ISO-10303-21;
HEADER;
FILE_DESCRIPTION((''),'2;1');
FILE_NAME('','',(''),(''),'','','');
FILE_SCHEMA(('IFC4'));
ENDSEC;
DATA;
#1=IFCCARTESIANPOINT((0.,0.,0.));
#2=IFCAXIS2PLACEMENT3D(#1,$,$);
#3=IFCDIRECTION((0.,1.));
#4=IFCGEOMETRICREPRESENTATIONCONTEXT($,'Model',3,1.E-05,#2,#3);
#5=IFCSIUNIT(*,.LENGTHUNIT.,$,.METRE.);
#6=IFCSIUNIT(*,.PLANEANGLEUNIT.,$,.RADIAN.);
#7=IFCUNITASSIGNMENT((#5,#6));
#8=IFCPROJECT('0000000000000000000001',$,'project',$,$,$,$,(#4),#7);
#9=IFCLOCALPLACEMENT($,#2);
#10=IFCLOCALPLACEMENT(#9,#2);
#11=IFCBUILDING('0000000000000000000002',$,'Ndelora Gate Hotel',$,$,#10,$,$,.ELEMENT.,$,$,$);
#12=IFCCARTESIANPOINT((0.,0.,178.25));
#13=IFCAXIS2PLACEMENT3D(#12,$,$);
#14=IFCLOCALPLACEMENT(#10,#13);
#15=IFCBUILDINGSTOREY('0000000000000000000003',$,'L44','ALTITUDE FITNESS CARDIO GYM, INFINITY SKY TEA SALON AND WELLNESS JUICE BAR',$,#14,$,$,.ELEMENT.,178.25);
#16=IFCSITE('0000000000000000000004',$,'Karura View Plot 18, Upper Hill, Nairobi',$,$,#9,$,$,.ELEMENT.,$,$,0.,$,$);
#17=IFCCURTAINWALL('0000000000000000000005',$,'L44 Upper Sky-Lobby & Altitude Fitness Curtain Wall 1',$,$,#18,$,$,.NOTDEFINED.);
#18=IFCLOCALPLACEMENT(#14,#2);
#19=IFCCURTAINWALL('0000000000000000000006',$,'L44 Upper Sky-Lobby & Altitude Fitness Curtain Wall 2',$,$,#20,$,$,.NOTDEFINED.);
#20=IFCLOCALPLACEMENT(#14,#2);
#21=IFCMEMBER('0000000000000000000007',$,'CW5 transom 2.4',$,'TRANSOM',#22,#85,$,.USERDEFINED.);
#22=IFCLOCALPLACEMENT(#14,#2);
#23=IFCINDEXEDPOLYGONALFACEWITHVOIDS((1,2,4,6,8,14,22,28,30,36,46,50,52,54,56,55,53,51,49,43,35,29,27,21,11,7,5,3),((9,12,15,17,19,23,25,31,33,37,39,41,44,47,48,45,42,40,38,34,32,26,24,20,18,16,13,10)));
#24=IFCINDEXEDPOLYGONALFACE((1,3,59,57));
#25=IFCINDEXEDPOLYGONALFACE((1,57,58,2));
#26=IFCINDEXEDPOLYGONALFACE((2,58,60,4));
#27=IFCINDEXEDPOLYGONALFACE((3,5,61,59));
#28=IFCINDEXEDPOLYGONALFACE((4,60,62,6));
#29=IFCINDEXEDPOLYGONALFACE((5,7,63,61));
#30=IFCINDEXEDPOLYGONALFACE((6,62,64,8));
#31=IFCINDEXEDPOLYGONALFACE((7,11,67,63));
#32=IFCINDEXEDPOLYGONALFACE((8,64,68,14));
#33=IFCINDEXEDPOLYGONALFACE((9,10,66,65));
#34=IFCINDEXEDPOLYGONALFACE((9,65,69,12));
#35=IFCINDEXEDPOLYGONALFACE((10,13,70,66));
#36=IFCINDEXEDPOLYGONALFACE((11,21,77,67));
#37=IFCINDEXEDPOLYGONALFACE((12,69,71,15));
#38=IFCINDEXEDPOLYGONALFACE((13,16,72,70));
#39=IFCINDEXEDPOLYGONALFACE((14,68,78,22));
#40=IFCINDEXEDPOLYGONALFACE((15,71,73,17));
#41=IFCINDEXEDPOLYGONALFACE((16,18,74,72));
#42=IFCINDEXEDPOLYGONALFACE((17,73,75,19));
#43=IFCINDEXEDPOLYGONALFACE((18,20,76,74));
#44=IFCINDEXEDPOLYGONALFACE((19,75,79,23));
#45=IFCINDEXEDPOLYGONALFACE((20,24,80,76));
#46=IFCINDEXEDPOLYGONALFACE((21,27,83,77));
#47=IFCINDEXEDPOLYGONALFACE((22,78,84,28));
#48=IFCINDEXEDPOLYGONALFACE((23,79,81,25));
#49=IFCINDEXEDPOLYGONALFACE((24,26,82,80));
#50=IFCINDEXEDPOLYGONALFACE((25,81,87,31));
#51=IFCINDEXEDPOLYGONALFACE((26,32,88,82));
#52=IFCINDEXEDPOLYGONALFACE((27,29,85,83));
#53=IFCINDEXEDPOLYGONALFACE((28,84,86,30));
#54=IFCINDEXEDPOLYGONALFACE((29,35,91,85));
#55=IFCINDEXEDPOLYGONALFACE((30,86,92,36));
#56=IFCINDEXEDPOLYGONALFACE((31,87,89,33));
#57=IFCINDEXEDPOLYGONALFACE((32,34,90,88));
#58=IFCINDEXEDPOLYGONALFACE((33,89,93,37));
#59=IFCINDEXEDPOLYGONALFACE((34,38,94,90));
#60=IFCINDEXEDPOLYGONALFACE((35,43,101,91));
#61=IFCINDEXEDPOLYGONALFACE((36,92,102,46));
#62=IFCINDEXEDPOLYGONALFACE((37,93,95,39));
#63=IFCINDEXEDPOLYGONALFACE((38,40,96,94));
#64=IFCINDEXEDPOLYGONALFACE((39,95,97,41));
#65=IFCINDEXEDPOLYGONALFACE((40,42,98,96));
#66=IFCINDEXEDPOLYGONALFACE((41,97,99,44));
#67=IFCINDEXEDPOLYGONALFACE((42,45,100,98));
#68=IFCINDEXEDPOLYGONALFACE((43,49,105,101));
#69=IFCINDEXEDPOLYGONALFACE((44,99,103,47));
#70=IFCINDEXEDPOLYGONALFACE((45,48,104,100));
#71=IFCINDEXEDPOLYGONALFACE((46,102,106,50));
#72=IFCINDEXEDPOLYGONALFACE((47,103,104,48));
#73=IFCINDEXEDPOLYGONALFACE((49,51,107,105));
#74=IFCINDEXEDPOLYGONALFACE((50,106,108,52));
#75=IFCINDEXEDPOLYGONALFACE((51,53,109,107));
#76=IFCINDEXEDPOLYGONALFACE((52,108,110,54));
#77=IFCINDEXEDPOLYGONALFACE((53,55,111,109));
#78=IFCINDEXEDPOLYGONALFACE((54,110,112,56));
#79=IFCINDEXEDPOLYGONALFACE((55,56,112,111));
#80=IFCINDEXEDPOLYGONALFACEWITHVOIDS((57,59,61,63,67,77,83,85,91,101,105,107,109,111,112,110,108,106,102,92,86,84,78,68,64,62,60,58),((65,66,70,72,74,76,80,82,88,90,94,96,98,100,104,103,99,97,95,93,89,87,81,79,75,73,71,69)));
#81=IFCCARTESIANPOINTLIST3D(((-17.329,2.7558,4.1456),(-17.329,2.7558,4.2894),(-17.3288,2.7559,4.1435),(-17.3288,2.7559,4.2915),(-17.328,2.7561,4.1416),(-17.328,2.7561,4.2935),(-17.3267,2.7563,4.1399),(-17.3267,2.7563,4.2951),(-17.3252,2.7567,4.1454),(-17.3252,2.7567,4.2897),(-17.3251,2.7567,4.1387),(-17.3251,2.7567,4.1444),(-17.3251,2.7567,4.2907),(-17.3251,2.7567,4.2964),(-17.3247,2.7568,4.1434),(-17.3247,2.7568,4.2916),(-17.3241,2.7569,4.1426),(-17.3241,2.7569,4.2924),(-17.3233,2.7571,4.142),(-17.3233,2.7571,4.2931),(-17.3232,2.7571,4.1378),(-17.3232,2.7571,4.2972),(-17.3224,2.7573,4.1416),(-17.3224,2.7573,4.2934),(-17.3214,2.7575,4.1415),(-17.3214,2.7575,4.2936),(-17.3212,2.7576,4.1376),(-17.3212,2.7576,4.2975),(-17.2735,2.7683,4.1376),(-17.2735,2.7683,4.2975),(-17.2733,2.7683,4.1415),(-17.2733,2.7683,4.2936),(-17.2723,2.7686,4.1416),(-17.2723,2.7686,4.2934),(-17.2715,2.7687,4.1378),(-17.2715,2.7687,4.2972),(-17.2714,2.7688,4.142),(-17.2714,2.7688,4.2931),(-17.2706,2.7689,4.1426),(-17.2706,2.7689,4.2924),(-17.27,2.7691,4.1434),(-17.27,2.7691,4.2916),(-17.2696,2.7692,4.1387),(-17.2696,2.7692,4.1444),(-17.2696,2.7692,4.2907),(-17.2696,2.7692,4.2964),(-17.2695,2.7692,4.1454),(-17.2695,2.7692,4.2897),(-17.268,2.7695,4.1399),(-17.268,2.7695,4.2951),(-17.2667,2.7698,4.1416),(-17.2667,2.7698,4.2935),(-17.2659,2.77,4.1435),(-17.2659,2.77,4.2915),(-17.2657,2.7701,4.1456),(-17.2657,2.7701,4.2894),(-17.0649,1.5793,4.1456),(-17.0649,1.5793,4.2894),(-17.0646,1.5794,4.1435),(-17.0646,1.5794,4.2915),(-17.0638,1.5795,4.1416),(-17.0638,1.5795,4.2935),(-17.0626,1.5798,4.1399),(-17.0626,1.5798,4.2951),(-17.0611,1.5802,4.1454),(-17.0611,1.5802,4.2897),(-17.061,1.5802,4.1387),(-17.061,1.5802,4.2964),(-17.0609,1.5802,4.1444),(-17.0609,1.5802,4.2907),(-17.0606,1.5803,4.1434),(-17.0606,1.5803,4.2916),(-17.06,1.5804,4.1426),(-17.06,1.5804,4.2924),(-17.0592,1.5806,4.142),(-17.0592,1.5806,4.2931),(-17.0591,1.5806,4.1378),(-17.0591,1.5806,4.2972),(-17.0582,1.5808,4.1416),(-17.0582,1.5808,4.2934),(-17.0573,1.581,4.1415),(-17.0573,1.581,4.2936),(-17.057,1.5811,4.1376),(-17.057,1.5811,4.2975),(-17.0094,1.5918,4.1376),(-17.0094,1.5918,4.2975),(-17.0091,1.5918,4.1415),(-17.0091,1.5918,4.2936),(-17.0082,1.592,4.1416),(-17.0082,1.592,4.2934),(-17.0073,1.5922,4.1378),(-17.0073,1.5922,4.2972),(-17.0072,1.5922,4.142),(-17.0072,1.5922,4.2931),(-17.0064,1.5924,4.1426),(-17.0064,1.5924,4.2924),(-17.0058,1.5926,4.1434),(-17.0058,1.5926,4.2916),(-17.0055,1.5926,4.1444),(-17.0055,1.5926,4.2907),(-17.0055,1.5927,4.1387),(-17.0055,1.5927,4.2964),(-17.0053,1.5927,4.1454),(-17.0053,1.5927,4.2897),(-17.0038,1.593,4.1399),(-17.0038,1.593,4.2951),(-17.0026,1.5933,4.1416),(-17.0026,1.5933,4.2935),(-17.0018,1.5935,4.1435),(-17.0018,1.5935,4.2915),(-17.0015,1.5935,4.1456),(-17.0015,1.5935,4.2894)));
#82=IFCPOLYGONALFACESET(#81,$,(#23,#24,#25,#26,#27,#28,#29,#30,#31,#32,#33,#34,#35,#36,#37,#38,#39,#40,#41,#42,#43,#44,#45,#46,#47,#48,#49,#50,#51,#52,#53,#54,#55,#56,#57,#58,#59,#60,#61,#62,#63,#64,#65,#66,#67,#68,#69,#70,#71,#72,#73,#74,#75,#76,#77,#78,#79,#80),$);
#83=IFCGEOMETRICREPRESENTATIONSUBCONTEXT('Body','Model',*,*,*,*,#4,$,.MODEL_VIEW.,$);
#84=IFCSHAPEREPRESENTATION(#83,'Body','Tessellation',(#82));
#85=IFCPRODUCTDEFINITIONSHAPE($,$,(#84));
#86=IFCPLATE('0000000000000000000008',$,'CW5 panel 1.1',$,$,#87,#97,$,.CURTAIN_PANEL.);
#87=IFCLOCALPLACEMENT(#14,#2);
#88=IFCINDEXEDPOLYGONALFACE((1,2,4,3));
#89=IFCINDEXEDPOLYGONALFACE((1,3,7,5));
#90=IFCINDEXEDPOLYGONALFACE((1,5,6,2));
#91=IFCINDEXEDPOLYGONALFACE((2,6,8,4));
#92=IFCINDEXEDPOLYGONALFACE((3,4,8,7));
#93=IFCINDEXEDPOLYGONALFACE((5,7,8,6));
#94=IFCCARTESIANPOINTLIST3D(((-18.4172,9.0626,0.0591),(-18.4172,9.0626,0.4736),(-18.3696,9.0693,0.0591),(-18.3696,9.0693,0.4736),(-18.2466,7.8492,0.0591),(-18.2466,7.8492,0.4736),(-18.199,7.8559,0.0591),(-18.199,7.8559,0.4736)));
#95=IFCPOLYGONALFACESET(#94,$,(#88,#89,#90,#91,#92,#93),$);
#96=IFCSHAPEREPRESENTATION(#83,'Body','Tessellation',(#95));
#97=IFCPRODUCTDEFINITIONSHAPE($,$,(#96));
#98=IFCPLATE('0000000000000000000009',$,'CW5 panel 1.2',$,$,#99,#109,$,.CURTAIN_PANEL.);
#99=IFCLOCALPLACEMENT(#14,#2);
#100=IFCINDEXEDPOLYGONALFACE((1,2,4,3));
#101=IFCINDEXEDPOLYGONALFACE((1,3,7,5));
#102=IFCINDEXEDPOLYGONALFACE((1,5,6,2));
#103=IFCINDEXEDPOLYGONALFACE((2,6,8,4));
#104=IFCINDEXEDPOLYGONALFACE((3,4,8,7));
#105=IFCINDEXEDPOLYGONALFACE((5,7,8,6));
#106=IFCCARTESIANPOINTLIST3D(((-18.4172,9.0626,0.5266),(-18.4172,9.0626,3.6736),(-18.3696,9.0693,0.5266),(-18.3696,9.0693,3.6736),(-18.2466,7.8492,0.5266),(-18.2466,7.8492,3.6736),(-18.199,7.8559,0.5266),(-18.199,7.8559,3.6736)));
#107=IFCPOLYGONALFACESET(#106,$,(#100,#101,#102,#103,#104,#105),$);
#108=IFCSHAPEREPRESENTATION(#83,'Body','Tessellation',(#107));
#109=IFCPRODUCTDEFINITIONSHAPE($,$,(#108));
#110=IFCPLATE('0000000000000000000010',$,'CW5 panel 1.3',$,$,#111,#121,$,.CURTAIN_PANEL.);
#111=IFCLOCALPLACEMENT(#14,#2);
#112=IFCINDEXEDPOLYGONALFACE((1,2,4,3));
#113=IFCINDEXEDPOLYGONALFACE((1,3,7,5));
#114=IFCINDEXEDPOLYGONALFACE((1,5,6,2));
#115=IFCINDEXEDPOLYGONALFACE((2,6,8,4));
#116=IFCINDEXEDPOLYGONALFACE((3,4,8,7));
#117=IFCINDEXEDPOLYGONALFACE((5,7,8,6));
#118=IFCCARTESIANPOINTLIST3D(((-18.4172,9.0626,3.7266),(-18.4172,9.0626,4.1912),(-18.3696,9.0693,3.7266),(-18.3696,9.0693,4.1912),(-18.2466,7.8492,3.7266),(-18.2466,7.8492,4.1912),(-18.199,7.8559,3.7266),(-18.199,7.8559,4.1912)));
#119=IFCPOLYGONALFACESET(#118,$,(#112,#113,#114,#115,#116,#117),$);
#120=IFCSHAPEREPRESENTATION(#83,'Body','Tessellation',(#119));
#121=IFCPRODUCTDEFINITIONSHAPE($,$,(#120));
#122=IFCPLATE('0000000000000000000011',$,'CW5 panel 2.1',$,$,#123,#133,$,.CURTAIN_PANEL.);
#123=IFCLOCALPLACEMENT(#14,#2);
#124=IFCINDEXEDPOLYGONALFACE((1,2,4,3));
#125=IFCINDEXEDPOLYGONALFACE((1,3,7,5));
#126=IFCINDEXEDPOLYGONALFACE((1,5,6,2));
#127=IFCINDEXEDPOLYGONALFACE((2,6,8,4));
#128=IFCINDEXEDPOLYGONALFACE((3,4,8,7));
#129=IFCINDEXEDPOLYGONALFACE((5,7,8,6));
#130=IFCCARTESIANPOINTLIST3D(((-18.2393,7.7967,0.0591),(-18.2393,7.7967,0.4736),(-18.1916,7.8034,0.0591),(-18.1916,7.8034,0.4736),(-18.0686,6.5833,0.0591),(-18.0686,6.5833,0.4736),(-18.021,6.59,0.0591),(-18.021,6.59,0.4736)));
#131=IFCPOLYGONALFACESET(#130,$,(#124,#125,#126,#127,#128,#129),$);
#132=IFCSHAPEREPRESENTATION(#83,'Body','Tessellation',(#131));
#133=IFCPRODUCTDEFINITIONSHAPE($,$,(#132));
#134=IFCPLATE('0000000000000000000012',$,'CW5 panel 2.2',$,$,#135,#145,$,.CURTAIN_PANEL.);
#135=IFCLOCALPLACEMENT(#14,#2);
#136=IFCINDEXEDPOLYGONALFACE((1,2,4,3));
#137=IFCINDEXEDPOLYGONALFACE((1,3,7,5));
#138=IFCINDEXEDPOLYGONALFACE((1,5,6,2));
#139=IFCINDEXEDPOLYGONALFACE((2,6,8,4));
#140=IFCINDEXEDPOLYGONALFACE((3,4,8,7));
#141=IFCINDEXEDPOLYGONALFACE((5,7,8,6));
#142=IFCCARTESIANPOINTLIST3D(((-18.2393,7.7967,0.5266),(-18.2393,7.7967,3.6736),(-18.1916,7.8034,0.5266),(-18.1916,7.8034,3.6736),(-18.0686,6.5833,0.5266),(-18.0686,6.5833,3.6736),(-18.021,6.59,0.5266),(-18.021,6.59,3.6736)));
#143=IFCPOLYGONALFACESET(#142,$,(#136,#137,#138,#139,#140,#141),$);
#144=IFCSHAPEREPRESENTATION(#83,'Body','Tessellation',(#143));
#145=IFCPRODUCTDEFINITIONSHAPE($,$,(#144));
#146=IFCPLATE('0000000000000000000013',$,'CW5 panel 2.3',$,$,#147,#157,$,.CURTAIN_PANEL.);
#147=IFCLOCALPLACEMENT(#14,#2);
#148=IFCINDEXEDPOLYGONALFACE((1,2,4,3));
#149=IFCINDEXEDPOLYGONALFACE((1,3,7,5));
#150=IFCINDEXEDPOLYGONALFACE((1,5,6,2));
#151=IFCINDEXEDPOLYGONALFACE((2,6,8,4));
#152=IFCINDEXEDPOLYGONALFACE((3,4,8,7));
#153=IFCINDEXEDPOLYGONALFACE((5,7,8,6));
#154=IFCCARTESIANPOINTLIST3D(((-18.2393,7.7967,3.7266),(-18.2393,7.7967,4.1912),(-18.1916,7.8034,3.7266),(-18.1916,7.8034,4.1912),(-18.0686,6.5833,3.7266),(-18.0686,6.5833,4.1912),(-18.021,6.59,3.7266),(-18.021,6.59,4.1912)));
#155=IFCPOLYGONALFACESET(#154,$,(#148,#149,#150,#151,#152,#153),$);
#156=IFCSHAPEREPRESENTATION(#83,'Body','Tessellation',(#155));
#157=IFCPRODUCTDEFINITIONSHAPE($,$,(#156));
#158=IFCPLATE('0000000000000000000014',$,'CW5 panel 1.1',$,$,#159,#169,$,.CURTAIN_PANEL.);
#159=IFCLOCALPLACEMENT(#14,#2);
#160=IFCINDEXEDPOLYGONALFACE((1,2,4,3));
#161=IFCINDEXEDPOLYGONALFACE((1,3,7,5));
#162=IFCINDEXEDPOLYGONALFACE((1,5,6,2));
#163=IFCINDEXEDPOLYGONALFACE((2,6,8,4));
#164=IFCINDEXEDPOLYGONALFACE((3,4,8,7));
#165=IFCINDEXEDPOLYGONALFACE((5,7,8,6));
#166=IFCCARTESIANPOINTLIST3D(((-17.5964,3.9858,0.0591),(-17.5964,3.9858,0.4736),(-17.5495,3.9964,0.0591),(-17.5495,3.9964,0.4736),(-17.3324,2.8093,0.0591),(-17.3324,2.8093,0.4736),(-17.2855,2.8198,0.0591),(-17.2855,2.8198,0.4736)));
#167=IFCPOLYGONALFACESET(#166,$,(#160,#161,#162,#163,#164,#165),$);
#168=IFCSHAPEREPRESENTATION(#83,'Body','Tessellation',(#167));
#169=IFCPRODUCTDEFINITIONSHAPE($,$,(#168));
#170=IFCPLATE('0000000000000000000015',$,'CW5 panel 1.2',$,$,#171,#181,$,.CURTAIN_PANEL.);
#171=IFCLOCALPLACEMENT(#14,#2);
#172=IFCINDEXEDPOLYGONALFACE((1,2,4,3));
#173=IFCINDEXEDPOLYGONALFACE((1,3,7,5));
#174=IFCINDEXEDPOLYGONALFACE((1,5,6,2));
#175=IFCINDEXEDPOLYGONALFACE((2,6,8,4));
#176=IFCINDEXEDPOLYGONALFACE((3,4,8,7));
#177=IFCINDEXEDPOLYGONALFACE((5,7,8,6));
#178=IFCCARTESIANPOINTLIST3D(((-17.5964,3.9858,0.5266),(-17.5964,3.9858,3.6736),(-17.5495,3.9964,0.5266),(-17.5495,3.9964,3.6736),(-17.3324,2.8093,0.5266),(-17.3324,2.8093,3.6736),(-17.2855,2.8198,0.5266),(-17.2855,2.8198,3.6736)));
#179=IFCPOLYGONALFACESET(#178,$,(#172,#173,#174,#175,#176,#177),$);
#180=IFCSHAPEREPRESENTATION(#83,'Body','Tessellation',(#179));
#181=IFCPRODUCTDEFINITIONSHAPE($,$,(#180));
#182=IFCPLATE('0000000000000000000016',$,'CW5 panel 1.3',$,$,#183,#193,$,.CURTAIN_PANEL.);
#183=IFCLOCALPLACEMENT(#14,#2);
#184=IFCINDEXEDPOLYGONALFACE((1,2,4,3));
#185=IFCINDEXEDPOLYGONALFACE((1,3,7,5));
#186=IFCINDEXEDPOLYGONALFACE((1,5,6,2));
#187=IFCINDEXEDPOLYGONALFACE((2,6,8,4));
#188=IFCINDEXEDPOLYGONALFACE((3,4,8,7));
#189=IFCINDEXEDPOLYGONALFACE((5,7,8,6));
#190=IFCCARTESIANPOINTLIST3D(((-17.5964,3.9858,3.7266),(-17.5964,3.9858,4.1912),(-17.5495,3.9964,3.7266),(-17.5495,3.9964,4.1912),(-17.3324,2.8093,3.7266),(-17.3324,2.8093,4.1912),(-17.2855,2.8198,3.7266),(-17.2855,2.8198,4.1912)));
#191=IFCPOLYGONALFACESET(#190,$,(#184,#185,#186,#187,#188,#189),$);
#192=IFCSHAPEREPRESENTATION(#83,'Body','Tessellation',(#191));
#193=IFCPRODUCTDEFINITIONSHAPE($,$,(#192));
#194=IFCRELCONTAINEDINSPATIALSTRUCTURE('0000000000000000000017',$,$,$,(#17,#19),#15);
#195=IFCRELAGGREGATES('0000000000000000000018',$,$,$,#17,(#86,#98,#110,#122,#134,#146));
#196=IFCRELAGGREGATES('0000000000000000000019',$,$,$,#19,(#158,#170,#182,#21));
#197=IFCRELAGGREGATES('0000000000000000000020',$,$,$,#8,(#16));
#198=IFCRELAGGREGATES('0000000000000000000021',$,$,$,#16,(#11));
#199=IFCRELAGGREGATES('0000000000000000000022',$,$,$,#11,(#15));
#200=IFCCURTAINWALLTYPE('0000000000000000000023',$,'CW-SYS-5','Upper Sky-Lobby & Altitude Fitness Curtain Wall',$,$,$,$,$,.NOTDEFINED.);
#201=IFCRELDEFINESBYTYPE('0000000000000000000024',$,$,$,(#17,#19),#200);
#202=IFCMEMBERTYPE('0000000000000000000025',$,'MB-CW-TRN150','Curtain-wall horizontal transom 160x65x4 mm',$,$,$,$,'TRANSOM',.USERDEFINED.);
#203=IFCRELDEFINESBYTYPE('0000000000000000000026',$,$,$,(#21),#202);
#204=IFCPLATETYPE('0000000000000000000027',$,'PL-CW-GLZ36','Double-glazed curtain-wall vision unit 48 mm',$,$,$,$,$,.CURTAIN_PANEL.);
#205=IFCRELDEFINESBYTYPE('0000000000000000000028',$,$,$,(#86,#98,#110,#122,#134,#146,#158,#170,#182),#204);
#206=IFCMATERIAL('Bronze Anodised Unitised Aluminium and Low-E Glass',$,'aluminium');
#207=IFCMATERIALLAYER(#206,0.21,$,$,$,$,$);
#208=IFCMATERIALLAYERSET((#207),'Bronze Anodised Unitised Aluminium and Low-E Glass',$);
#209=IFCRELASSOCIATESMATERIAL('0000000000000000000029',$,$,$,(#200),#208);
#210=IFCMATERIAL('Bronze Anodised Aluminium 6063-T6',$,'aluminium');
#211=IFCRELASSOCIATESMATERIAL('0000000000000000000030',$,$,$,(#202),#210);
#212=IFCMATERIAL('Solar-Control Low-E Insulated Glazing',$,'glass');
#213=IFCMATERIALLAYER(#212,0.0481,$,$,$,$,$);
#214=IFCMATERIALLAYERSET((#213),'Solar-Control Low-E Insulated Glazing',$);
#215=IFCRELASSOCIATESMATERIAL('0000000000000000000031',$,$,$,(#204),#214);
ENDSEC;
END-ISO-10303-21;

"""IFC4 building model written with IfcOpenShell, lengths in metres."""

from ifc_helpers import new_model, si_unit, direction, frame, origin, origin_2d, place, context, subcontext, project, spatial, rectangle, hollow_rectangle, extrude, material, layer, layer_set, material_profile, profile_set, type_object, element, aggregate, save


model = new_model("IFC4")

# Units and contexts
model_context = context("Model", 3, precision=1e-05, world=origin(), true_north=direction((0.0, 1.0)))
body_context = subcontext(model_context, "Body", "Model", "MODEL_VIEW")
ifc_project = project(units=[si_unit("LENGTHUNIT", "METRE"), si_unit("PLANEANGLEUNIT", "RADIAN")], contexts=[model_context])

# Site, building, storey
site_placement = place(None, origin())
site = spatial("IfcSite", under=ifc_project, at=site_placement, Name="Karura View Plot 18, Upper Hill, Nairobi", CompositionType="ELEMENT", RefElevation=0.0)
building_placement = place(site_placement, origin())
building = spatial("IfcBuilding", under=site, at=building_placement, Name="Ndelora Gate Hotel", CompositionType="ELEMENT")
storey_placement = place(building_placement, frame((0.0, 0.0, 178.25)))
storey = spatial("IfcBuildingStorey", under=building, at=storey_placement, Name="L44", Description="ALTITUDE FITNESS CARDIO GYM, INFINITY SKY TEA SALON AND WELLNESS JUICE BAR", CompositionType="ELEMENT", Elevation=178.25)

# Curtain walls
ifc_material_1 = material(Name="Bronze Anodised Unitised Aluminium and Low-E Glass", Category="aluminium")
ifc_layer_1 = layer(ifc_material_1, 0.21)
ifc_layer_set_1 = layer_set([ifc_layer_1], Name="Bronze Anodised Unitised Aluminium and Low-E Glass")
curtain_wall_type = type_object("IfcCurtainWallType", Name="CW-SYS-5", Description="Upper Sky-Lobby & Altitude Fitness Curtain Wall", PredefinedType="NOTDEFINED", material=ifc_layer_set_1)
curtain_wall_1_placement = place(storey_placement, origin())
curtain_wall_1 = element("IfcCurtainWall", 1, at=curtain_wall_1_placement, inside=storey, type_object=curtain_wall_type, Name="L44 Upper Sky-Lobby & Altitude Fitness Curtain Wall 1", PredefinedType="NOTDEFINED")
ifc_material_2 = material(Name="Bronze Anodised Aluminium 6063-T6", Category="aluminium")
curtain_wall_2_placement = place(storey_placement, origin())
curtain_wall_2 = element("IfcCurtainWall", 2, at=curtain_wall_2_placement, inside=storey, type_object=curtain_wall_type, Name="L44 Upper Sky-Lobby & Altitude Fitness Curtain Wall 2", PredefinedType="NOTDEFINED")

# Member
ifc_material_profile_1 = material_profile(ifc_material_2, hollow_rectangle(XDim=0.0649, YDim=0.1599, WallThickness=0.0039, InnerFilletRadius=0.0039, OuterFilletRadius=0.0081, at=origin_2d()), Name="ALU 160x65x4")
ifc_profile_set_1 = profile_set([ifc_material_profile_1], Name="Bronze Anodised Aluminium 6063-T6")
member_type_1 = type_object("IfcMemberType", Name="MB-CW-TRN150", Description="Curtain-wall horizontal transom 160x65x4 mm", ElementType="TRANSOM", PredefinedType="USERDEFINED", material=ifc_profile_set_1)
member_1_placement = place(storey_placement, frame((-17.2974, 2.7629, 4.2175), z_axis=(0.219074, -0.975708, 0.0), x_axis=(0.975708, 0.219074, 0.0)))
member_1 = element("IfcMember", 3, at=member_1_placement, type_object=member_type_1, Name="CW5 transom 2.4", ObjectType="TRANSOM", PredefinedType="USERDEFINED", context=body_context, shape_type="SweptSolid", body=[
    extrude(hollow_rectangle(XDim=0.0649, YDim=0.1599, WallThickness=0.0039, InnerFilletRadius=0.0039, OuterFilletRadius=0.0081, at=origin_2d()), origin(), (0.0, 0.0, 1.0), 1.2058),
])

# Plates
ifc_material_3 = material(Name="Solar-Control Low-E Insulated Glazing", Category="glass")
ifc_layer_2 = layer(ifc_material_3, 0.0481)
ifc_layer_set_2 = layer_set([ifc_layer_2], Name="Solar-Control Low-E Insulated Glazing")
plate_type = type_object("IfcPlateType", Name="PL-CW-GLZ36", Description="Double-glazed curtain-wall vision unit 48 mm", PredefinedType="CURTAIN_PANEL", material=ifc_layer_set_2)
plate_1_placement = place(storey_placement, frame((-18.3081, 8.4592, 0.0591), z_axis=(0.0, 0.0, 1.0), x_axis=(0.139258, -0.990256, 0.0)))
plate_1 = element("IfcPlate", 4, at=plate_1_placement, type_object=plate_type, Name="CW5 panel 1.1", PredefinedType="CURTAIN_PANEL", context=body_context, shape_type="SweptSolid", body=[
    extrude(rectangle(XDim=1.2253, YDim=0.0481, at=origin_2d()), origin(), (0.0, 0.0, 1.0), 0.4146),
])
plate_2_placement = place(storey_placement, frame((-18.3081, 8.4592, 0.5266), z_axis=(0.0, 0.0, 1.0), x_axis=(0.139258, -0.990256, 0.0)))
plate_2 = element("IfcPlate", 5, at=plate_2_placement, type_object=plate_type, Name="CW5 panel 1.2", PredefinedType="CURTAIN_PANEL", context=body_context, shape_type="SweptSolid", body=[
    extrude(rectangle(XDim=1.2253, YDim=0.0481, at=origin_2d()), origin(), (0.0, 0.0, 1.0), 3.147),
])
plate_3_placement = place(storey_placement, frame((-18.3081, 8.4592, 3.7266), z_axis=(0.0, 0.0, 1.0), x_axis=(0.139258, -0.990256, 0.0)))
plate_3 = element("IfcPlate", 6, at=plate_3_placement, type_object=plate_type, Name="CW5 panel 1.3", PredefinedType="CURTAIN_PANEL", context=body_context, shape_type="SweptSolid", body=[
    extrude(rectangle(XDim=1.2253, YDim=0.0481, at=origin_2d()), origin(), (0.0, 0.0, 1.0), 0.4646),
])
plate_4_placement = place(storey_placement, frame((-18.1301, 7.1934, 0.0591), z_axis=(0.0, 0.0, 1.0), x_axis=(0.139258, -0.990256, 0.0)))
plate_4 = element("IfcPlate", 7, at=plate_4_placement, type_object=plate_type, Name="CW5 panel 2.1", PredefinedType="CURTAIN_PANEL", context=body_context, shape_type="SweptSolid", body=[
    extrude(rectangle(XDim=1.2253, YDim=0.0481, at=origin_2d()), origin(), (0.0, 0.0, 1.0), 0.4146),
])
plate_5_placement = place(storey_placement, frame((-18.1301, 7.1934, 0.5266), z_axis=(0.0, 0.0, 1.0), x_axis=(0.139258, -0.990256, 0.0)))
plate_5 = element("IfcPlate", 8, at=plate_5_placement, type_object=plate_type, Name="CW5 panel 2.2", PredefinedType="CURTAIN_PANEL", context=body_context, shape_type="SweptSolid", body=[
    extrude(rectangle(XDim=1.2253, YDim=0.0481, at=origin_2d()), origin(), (0.0, 0.0, 1.0), 3.147),
])
plate_6_placement = place(storey_placement, frame((-18.1301, 7.1934, 3.7266), z_axis=(0.0, 0.0, 1.0), x_axis=(0.139258, -0.990256, 0.0)))
plate_6 = element("IfcPlate", 9, at=plate_6_placement, type_object=plate_type, Name="CW5 panel 2.3", PredefinedType="CURTAIN_PANEL", context=body_context, shape_type="SweptSolid", body=[
    extrude(rectangle(XDim=1.2253, YDim=0.0481, at=origin_2d()), origin(), (0.0, 0.0, 1.0), 0.4646),
])
aggregate(curtain_wall_1, [plate_1, plate_2, plate_3, plate_4, plate_5, plate_6])
plate_7_placement = place(storey_placement, frame((-17.4409, 3.4028, 0.0591), z_axis=(0.0, 0.0, 1.0), x_axis=(0.218939, -0.975739, 0.0)))
plate_7 = element("IfcPlate", 10, at=plate_7_placement, type_object=plate_type, Name="CW5 panel 1.1", PredefinedType="CURTAIN_PANEL", context=body_context, shape_type="SweptSolid", body=[
    extrude(rectangle(XDim=1.2058, YDim=0.0481, at=origin_2d()), origin(), (0.0, 0.0, 1.0), 0.4146),
])
plate_8_placement = place(storey_placement, frame((-17.4409, 3.4028, 0.5266), z_axis=(0.0, 0.0, 1.0), x_axis=(0.218939, -0.975739, 0.0)))
plate_8 = element("IfcPlate", 11, at=plate_8_placement, type_object=plate_type, Name="CW5 panel 1.2", PredefinedType="CURTAIN_PANEL", context=body_context, shape_type="SweptSolid", body=[
    extrude(rectangle(XDim=1.2058, YDim=0.0481, at=origin_2d()), origin(), (0.0, 0.0, 1.0), 3.147),
])
plate_9_placement = place(storey_placement, frame((-17.4409, 3.4028, 3.7266), z_axis=(0.0, 0.0, 1.0), x_axis=(0.218939, -0.975739, 0.0)))
plate_9 = element("IfcPlate", 12, at=plate_9_placement, type_object=plate_type, Name="CW5 panel 1.3", PredefinedType="CURTAIN_PANEL", context=body_context, shape_type="SweptSolid", body=[
    extrude(rectangle(XDim=1.2058, YDim=0.0481, at=origin_2d()), origin(), (0.0, 0.0, 1.0), 0.4646),
])
aggregate(curtain_wall_2, [plate_7, plate_8, plate_9, member_1])

save(model, "model.ifc")
